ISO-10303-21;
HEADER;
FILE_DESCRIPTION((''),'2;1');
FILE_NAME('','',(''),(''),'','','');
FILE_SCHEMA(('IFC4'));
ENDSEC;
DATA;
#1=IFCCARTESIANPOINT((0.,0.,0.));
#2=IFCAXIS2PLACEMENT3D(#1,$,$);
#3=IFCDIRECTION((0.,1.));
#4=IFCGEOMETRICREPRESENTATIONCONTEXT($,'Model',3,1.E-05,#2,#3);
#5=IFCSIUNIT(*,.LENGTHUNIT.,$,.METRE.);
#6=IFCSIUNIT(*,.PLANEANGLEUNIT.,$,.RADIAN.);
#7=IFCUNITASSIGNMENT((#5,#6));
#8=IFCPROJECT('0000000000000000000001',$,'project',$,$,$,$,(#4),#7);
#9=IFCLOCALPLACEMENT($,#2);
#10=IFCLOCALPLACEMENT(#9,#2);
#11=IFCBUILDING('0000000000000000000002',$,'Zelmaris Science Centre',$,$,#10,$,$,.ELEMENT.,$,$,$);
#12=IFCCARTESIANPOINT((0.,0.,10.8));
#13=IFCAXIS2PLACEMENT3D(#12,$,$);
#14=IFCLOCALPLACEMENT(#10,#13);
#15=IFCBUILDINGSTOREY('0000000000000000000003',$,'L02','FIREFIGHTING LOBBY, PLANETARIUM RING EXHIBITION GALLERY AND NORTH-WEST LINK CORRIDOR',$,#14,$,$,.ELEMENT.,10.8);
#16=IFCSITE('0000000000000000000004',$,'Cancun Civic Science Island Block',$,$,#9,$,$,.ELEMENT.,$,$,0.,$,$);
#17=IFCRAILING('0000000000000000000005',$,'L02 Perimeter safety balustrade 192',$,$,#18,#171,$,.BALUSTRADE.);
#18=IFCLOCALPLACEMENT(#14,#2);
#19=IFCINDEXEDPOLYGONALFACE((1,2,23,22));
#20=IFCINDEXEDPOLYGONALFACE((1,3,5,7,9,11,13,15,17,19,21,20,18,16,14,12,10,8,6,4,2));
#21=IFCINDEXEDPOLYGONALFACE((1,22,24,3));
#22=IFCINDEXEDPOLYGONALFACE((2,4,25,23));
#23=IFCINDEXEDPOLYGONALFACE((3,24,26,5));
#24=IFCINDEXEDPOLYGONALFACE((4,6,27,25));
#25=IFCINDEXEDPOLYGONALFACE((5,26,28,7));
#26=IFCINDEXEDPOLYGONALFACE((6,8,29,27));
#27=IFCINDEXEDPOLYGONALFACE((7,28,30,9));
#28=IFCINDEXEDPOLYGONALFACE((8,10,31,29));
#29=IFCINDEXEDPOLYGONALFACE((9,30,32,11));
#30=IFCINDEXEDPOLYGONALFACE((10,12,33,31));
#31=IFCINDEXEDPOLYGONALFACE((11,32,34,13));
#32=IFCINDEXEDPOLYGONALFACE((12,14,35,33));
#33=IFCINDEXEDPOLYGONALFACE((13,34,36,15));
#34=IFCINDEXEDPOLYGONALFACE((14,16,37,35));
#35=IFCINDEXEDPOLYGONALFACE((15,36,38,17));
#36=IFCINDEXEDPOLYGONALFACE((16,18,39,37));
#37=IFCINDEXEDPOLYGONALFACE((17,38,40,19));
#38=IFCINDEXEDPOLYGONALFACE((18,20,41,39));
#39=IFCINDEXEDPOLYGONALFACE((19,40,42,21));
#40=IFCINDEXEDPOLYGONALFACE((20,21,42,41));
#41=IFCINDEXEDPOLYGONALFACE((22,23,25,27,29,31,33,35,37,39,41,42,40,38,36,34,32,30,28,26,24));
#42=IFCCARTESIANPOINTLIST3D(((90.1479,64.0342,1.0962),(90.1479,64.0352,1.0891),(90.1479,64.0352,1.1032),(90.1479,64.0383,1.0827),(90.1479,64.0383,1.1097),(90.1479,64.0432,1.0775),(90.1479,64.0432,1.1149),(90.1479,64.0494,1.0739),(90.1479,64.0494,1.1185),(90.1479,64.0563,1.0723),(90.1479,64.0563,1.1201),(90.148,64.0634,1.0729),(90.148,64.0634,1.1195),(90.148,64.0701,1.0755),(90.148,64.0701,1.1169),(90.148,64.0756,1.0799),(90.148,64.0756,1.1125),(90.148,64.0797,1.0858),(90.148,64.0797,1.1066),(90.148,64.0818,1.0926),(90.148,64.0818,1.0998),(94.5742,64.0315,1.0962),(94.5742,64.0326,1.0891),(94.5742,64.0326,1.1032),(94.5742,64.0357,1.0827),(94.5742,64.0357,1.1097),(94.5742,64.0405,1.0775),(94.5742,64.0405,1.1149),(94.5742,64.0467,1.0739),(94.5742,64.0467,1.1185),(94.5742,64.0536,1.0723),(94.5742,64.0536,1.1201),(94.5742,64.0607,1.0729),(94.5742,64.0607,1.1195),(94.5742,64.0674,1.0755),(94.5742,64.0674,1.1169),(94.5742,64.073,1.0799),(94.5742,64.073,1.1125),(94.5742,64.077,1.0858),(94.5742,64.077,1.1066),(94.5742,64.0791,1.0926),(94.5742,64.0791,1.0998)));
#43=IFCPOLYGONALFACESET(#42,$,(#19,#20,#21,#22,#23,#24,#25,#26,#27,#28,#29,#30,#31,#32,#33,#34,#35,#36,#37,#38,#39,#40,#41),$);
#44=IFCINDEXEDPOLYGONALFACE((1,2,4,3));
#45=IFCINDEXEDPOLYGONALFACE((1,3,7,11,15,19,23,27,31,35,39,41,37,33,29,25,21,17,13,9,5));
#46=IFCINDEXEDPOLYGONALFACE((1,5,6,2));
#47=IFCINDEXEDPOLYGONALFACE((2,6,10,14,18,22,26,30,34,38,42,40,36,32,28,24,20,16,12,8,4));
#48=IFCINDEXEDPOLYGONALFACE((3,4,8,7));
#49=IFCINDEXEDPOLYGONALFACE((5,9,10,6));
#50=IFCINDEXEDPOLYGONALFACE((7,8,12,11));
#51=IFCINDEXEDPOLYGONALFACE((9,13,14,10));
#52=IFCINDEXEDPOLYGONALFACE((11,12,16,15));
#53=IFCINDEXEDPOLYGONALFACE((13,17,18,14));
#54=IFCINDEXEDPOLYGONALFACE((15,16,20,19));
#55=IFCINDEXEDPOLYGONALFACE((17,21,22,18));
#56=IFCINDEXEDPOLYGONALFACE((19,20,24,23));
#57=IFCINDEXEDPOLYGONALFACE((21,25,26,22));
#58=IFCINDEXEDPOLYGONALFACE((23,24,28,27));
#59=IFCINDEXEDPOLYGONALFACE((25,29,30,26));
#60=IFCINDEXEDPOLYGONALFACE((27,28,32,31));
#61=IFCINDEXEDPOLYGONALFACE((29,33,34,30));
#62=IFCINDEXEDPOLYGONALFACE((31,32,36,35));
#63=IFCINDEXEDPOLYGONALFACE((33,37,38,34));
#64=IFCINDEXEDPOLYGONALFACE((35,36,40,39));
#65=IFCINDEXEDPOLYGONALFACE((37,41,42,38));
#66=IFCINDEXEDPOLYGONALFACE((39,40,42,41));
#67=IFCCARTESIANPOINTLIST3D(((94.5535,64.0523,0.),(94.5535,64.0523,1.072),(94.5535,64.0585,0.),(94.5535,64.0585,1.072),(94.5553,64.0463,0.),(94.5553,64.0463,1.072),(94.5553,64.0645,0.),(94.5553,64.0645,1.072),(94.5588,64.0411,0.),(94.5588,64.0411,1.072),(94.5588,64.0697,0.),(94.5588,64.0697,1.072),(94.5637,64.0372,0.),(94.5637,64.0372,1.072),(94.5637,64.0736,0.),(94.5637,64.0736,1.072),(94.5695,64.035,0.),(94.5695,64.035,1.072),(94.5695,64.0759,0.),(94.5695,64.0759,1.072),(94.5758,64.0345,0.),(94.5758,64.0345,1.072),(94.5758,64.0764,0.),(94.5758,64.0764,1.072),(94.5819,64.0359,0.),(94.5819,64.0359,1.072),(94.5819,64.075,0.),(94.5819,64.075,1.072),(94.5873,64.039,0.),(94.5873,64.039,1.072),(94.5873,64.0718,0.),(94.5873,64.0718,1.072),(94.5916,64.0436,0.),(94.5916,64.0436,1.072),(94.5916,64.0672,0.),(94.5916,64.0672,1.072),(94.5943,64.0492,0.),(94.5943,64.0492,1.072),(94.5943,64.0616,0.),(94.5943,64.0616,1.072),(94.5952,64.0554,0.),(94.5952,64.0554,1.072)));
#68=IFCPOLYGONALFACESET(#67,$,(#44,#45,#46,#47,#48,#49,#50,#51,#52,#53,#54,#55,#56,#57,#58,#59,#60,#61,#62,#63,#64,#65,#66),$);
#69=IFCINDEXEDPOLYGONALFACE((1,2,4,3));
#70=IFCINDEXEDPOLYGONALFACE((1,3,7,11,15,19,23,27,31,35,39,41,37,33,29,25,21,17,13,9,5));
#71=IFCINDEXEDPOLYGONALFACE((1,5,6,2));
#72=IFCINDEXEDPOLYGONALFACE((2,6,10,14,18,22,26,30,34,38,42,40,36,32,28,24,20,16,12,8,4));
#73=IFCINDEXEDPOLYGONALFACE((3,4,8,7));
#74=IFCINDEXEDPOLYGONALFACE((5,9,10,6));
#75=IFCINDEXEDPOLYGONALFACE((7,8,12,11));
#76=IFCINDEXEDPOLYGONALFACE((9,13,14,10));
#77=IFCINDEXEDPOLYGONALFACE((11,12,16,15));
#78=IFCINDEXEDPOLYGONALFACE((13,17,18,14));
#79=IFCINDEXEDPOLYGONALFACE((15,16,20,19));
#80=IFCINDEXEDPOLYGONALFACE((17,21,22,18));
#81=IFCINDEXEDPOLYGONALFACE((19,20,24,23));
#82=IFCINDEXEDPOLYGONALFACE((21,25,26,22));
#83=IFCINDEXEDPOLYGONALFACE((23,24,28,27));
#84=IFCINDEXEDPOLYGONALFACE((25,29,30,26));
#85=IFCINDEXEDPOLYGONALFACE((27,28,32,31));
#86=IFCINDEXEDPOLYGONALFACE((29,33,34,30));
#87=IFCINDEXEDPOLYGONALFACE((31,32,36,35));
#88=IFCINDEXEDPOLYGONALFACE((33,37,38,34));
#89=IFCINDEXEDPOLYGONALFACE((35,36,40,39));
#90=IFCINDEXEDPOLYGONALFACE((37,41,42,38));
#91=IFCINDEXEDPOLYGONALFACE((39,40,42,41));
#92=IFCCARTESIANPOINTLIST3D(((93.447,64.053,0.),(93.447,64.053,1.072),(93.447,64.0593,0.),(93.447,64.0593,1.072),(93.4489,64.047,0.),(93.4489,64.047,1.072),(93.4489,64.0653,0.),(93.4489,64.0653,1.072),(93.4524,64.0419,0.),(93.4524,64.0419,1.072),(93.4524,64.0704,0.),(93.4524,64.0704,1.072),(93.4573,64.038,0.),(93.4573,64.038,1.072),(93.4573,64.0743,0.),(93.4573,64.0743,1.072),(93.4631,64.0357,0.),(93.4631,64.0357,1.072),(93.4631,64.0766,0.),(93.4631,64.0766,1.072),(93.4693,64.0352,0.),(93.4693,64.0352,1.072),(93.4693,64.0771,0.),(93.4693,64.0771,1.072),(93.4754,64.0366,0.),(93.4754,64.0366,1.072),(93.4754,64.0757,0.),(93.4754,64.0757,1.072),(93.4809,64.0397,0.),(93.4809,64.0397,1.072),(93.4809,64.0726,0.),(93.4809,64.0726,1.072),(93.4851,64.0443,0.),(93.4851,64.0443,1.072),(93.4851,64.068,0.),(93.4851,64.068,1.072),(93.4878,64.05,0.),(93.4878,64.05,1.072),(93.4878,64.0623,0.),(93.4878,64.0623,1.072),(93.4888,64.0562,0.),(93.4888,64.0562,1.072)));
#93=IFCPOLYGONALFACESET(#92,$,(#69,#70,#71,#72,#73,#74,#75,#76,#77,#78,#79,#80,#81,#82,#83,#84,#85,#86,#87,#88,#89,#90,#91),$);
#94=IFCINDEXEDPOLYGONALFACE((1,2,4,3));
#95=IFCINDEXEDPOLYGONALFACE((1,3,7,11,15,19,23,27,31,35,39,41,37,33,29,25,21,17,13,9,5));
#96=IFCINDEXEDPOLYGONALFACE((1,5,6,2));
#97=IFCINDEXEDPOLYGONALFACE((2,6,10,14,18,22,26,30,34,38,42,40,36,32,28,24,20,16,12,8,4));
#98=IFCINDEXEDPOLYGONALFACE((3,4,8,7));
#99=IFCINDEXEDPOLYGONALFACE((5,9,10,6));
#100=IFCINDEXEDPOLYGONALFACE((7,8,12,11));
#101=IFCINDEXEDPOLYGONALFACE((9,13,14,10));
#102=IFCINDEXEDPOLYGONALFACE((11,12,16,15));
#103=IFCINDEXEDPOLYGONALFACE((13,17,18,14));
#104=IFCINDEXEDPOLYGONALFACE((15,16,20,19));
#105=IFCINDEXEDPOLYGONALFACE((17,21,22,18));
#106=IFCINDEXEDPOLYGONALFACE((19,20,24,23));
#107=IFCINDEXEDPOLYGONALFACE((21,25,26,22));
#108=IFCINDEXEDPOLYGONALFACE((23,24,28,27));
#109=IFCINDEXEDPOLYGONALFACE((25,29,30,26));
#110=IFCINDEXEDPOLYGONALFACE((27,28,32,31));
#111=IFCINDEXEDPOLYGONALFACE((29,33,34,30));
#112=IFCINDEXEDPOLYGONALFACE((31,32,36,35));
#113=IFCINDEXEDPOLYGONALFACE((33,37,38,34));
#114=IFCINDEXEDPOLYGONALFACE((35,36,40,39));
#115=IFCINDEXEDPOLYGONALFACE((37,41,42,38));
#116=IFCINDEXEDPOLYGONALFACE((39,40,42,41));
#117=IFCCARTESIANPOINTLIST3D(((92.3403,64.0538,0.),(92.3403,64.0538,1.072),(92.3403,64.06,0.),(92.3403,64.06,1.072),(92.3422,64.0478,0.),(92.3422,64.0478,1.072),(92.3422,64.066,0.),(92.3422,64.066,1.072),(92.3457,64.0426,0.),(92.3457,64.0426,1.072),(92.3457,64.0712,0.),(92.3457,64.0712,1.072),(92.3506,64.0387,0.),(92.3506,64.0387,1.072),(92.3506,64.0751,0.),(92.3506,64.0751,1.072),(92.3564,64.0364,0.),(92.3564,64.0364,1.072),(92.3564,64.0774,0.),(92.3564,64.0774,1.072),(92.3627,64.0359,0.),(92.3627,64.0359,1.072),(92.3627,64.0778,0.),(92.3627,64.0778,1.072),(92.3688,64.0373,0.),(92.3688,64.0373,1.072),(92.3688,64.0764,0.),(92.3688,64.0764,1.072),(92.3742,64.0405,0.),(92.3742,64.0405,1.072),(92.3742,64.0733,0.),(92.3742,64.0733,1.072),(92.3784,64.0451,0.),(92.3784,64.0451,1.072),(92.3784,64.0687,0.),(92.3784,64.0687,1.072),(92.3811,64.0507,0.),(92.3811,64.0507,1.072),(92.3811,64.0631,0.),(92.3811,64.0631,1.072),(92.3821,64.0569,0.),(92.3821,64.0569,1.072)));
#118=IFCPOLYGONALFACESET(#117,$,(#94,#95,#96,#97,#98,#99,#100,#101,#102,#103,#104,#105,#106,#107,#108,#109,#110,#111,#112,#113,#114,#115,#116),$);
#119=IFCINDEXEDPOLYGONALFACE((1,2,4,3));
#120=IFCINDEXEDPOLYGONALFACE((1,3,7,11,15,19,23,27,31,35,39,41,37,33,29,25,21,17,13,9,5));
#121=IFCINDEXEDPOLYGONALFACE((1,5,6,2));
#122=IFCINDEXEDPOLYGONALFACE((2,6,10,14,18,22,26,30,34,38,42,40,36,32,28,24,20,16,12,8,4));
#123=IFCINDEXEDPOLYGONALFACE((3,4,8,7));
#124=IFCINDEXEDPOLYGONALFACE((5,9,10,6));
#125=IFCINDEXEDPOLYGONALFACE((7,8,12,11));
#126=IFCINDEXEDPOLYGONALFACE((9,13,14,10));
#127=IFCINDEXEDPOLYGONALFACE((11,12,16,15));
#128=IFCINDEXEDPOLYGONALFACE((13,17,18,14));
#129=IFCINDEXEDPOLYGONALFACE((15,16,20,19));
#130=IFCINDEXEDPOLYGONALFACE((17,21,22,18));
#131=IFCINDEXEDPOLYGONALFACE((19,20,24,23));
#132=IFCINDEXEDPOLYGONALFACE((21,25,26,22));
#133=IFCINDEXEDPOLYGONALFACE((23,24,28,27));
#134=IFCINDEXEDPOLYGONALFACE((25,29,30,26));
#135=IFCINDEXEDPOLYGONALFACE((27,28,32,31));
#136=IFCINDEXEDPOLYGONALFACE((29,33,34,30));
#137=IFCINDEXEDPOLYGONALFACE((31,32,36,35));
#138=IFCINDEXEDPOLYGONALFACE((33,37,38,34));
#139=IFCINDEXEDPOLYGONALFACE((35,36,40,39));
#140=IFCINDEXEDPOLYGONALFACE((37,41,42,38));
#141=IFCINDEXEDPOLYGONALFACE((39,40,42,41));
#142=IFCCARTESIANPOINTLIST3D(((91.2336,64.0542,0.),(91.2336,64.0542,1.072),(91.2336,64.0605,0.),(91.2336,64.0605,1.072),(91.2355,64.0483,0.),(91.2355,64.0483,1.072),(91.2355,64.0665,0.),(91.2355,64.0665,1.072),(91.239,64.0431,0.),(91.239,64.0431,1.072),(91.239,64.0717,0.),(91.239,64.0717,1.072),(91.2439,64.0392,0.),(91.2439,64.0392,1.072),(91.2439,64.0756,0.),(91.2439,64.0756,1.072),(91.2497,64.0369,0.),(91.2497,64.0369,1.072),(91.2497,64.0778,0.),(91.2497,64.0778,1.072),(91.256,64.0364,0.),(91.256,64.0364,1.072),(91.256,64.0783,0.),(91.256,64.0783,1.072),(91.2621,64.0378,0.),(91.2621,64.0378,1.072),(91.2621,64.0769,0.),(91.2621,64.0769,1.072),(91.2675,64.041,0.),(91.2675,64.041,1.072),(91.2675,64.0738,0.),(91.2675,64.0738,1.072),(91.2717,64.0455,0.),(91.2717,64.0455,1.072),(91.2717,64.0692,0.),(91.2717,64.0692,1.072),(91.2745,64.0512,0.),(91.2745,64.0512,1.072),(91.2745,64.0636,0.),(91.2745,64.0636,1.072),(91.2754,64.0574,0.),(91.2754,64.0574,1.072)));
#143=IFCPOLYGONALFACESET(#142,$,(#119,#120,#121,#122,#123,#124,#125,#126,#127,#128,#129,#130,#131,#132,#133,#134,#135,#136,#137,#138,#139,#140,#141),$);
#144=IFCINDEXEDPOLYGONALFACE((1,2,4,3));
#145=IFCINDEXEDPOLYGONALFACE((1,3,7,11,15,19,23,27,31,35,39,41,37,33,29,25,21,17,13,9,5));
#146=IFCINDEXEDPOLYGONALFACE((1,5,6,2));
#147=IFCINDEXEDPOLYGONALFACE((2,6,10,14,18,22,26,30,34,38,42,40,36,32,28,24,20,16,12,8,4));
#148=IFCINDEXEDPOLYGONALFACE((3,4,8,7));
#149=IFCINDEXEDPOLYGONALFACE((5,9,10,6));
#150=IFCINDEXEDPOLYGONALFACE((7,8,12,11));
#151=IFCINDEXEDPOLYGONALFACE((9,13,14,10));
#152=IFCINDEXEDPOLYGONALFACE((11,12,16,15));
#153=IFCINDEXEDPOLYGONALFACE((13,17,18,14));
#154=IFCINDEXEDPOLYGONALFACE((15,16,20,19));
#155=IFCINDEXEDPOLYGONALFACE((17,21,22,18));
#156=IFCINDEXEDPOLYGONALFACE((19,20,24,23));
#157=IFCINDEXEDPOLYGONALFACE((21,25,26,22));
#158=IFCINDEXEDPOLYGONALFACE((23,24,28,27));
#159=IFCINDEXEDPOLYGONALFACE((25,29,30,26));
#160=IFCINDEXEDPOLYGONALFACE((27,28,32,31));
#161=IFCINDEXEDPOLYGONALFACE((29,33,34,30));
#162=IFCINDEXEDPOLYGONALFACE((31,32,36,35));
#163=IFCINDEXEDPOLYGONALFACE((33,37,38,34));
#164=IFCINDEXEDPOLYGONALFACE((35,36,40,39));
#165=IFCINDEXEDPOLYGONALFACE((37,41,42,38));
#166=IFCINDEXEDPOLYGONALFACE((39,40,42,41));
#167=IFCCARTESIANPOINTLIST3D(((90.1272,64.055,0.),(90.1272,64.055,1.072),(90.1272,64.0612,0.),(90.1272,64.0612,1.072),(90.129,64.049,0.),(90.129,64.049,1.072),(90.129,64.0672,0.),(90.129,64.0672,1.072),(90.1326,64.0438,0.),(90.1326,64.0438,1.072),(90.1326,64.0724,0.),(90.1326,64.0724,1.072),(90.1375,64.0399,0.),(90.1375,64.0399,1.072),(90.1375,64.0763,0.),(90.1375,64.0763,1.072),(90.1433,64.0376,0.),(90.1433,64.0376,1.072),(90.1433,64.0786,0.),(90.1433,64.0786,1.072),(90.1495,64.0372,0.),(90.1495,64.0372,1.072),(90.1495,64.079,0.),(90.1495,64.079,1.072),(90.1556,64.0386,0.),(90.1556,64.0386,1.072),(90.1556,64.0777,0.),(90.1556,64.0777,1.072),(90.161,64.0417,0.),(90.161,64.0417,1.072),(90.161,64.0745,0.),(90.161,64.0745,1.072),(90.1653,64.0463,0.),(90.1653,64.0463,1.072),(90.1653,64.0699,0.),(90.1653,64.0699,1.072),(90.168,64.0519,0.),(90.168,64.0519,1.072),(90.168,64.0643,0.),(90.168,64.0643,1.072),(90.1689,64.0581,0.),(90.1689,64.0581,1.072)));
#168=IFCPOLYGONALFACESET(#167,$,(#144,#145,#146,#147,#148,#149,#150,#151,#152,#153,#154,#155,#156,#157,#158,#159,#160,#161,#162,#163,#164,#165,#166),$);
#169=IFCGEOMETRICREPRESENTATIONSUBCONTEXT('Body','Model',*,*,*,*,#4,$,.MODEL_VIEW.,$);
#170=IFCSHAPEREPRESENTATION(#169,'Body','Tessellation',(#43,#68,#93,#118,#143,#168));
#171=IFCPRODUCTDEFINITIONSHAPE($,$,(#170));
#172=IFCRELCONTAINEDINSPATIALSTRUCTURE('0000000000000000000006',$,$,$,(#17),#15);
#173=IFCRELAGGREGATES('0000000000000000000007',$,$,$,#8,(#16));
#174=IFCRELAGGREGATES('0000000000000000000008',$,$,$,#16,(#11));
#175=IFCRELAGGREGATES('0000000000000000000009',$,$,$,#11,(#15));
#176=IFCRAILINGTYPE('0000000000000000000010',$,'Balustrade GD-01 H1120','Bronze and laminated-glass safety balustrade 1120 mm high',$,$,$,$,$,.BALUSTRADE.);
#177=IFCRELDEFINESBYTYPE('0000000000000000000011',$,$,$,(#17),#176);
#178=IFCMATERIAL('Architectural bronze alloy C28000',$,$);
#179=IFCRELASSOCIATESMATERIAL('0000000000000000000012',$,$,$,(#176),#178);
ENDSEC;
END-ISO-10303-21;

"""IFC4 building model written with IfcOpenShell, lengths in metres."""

from ifc_helpers import new_model, si_unit, direction, frame, origin, origin_2d, place, context, subcontext, project, spatial, circle, extrude, material, type_object, element, save


model = new_model("IFC4")

# Units and contexts
model_context = context("Model", 3, precision=1e-05, world=origin(), true_north=direction((0.0, 1.0)))
body_context = subcontext(model_context, "Body", "Model", "MODEL_VIEW")
ifc_project = project(units=[si_unit("LENGTHUNIT", "METRE"), si_unit("PLANEANGLEUNIT", "RADIAN")], contexts=[model_context])

# Site, building, storey
site_placement = place(None, origin())
site = spatial("IfcSite", under=ifc_project, at=site_placement, Name="Cancun Civic Science Island Block", CompositionType="ELEMENT", RefElevation=0.0)
building_placement = place(site_placement, origin())
building = spatial("IfcBuilding", under=site, at=building_placement, Name="Zelmaris Science Centre", CompositionType="ELEMENT")
storey_placement = place(building_placement, frame((0.0, 0.0, 10.8)))
storey = spatial("IfcBuildingStorey", under=building, at=storey_placement, Name="L02", Description="FIREFIGHTING LOBBY, PLANETARIUM RING EXHIBITION GALLERY AND NORTH-WEST LINK CORRIDOR", CompositionType="ELEMENT", Elevation=10.8)

# Railing
ifc_material_1 = material(Name="Architectural bronze alloy C28000")
railing_type = type_object("IfcRailingType", Name="Balustrade GD-01 H1120", Description="Bronze and laminated-glass safety balustrade 1120 mm high", PredefinedType="BALUSTRADE", material=ifc_material_1)
railing_1_placement = place(storey_placement, frame((94.5742, 64.0554, 0.0)))
element("IfcRailing", 1, at=railing_1_placement, inside=storey, type_object=railing_type, Name="L02 Perimeter safety balustrade 192", PredefinedType="BALUSTRADE", context=body_context, shape_type="SweptSolid", body=[
    extrude(circle(Radius=0.0239, at=origin_2d()), frame((0.0, 0.0, 1.0962), z_axis=(-1.0, 0.000607, 0.0), x_axis=(-0.000607, -1.0, 0.0)), (0.0, 0.0, 1.0), 4.4263),
    extrude(circle(Radius=0.021, at=origin_2d()), origin(), (0.0, 0.0, 1.0), 1.072),
    extrude(circle(Radius=0.021, at=origin_2d()), frame((-1.1064, 0.0007, 0.0)), (0.0, 0.0, 1.0), 1.072),
    extrude(circle(Radius=0.021, at=origin_2d()), frame((-2.2131, 0.0015, 0.0)), (0.0, 0.0, 1.0), 1.072),
    extrude(circle(Radius=0.021, at=origin_2d()), frame((-3.3198, 0.002, 0.0)), (0.0, 0.0, 1.0), 1.072),
    extrude(circle(Radius=0.021, at=origin_2d()), frame((-4.4263, 0.0027, 0.0)), (0.0, 0.0, 1.0), 1.072),
])

save(model, "model.ifc")
